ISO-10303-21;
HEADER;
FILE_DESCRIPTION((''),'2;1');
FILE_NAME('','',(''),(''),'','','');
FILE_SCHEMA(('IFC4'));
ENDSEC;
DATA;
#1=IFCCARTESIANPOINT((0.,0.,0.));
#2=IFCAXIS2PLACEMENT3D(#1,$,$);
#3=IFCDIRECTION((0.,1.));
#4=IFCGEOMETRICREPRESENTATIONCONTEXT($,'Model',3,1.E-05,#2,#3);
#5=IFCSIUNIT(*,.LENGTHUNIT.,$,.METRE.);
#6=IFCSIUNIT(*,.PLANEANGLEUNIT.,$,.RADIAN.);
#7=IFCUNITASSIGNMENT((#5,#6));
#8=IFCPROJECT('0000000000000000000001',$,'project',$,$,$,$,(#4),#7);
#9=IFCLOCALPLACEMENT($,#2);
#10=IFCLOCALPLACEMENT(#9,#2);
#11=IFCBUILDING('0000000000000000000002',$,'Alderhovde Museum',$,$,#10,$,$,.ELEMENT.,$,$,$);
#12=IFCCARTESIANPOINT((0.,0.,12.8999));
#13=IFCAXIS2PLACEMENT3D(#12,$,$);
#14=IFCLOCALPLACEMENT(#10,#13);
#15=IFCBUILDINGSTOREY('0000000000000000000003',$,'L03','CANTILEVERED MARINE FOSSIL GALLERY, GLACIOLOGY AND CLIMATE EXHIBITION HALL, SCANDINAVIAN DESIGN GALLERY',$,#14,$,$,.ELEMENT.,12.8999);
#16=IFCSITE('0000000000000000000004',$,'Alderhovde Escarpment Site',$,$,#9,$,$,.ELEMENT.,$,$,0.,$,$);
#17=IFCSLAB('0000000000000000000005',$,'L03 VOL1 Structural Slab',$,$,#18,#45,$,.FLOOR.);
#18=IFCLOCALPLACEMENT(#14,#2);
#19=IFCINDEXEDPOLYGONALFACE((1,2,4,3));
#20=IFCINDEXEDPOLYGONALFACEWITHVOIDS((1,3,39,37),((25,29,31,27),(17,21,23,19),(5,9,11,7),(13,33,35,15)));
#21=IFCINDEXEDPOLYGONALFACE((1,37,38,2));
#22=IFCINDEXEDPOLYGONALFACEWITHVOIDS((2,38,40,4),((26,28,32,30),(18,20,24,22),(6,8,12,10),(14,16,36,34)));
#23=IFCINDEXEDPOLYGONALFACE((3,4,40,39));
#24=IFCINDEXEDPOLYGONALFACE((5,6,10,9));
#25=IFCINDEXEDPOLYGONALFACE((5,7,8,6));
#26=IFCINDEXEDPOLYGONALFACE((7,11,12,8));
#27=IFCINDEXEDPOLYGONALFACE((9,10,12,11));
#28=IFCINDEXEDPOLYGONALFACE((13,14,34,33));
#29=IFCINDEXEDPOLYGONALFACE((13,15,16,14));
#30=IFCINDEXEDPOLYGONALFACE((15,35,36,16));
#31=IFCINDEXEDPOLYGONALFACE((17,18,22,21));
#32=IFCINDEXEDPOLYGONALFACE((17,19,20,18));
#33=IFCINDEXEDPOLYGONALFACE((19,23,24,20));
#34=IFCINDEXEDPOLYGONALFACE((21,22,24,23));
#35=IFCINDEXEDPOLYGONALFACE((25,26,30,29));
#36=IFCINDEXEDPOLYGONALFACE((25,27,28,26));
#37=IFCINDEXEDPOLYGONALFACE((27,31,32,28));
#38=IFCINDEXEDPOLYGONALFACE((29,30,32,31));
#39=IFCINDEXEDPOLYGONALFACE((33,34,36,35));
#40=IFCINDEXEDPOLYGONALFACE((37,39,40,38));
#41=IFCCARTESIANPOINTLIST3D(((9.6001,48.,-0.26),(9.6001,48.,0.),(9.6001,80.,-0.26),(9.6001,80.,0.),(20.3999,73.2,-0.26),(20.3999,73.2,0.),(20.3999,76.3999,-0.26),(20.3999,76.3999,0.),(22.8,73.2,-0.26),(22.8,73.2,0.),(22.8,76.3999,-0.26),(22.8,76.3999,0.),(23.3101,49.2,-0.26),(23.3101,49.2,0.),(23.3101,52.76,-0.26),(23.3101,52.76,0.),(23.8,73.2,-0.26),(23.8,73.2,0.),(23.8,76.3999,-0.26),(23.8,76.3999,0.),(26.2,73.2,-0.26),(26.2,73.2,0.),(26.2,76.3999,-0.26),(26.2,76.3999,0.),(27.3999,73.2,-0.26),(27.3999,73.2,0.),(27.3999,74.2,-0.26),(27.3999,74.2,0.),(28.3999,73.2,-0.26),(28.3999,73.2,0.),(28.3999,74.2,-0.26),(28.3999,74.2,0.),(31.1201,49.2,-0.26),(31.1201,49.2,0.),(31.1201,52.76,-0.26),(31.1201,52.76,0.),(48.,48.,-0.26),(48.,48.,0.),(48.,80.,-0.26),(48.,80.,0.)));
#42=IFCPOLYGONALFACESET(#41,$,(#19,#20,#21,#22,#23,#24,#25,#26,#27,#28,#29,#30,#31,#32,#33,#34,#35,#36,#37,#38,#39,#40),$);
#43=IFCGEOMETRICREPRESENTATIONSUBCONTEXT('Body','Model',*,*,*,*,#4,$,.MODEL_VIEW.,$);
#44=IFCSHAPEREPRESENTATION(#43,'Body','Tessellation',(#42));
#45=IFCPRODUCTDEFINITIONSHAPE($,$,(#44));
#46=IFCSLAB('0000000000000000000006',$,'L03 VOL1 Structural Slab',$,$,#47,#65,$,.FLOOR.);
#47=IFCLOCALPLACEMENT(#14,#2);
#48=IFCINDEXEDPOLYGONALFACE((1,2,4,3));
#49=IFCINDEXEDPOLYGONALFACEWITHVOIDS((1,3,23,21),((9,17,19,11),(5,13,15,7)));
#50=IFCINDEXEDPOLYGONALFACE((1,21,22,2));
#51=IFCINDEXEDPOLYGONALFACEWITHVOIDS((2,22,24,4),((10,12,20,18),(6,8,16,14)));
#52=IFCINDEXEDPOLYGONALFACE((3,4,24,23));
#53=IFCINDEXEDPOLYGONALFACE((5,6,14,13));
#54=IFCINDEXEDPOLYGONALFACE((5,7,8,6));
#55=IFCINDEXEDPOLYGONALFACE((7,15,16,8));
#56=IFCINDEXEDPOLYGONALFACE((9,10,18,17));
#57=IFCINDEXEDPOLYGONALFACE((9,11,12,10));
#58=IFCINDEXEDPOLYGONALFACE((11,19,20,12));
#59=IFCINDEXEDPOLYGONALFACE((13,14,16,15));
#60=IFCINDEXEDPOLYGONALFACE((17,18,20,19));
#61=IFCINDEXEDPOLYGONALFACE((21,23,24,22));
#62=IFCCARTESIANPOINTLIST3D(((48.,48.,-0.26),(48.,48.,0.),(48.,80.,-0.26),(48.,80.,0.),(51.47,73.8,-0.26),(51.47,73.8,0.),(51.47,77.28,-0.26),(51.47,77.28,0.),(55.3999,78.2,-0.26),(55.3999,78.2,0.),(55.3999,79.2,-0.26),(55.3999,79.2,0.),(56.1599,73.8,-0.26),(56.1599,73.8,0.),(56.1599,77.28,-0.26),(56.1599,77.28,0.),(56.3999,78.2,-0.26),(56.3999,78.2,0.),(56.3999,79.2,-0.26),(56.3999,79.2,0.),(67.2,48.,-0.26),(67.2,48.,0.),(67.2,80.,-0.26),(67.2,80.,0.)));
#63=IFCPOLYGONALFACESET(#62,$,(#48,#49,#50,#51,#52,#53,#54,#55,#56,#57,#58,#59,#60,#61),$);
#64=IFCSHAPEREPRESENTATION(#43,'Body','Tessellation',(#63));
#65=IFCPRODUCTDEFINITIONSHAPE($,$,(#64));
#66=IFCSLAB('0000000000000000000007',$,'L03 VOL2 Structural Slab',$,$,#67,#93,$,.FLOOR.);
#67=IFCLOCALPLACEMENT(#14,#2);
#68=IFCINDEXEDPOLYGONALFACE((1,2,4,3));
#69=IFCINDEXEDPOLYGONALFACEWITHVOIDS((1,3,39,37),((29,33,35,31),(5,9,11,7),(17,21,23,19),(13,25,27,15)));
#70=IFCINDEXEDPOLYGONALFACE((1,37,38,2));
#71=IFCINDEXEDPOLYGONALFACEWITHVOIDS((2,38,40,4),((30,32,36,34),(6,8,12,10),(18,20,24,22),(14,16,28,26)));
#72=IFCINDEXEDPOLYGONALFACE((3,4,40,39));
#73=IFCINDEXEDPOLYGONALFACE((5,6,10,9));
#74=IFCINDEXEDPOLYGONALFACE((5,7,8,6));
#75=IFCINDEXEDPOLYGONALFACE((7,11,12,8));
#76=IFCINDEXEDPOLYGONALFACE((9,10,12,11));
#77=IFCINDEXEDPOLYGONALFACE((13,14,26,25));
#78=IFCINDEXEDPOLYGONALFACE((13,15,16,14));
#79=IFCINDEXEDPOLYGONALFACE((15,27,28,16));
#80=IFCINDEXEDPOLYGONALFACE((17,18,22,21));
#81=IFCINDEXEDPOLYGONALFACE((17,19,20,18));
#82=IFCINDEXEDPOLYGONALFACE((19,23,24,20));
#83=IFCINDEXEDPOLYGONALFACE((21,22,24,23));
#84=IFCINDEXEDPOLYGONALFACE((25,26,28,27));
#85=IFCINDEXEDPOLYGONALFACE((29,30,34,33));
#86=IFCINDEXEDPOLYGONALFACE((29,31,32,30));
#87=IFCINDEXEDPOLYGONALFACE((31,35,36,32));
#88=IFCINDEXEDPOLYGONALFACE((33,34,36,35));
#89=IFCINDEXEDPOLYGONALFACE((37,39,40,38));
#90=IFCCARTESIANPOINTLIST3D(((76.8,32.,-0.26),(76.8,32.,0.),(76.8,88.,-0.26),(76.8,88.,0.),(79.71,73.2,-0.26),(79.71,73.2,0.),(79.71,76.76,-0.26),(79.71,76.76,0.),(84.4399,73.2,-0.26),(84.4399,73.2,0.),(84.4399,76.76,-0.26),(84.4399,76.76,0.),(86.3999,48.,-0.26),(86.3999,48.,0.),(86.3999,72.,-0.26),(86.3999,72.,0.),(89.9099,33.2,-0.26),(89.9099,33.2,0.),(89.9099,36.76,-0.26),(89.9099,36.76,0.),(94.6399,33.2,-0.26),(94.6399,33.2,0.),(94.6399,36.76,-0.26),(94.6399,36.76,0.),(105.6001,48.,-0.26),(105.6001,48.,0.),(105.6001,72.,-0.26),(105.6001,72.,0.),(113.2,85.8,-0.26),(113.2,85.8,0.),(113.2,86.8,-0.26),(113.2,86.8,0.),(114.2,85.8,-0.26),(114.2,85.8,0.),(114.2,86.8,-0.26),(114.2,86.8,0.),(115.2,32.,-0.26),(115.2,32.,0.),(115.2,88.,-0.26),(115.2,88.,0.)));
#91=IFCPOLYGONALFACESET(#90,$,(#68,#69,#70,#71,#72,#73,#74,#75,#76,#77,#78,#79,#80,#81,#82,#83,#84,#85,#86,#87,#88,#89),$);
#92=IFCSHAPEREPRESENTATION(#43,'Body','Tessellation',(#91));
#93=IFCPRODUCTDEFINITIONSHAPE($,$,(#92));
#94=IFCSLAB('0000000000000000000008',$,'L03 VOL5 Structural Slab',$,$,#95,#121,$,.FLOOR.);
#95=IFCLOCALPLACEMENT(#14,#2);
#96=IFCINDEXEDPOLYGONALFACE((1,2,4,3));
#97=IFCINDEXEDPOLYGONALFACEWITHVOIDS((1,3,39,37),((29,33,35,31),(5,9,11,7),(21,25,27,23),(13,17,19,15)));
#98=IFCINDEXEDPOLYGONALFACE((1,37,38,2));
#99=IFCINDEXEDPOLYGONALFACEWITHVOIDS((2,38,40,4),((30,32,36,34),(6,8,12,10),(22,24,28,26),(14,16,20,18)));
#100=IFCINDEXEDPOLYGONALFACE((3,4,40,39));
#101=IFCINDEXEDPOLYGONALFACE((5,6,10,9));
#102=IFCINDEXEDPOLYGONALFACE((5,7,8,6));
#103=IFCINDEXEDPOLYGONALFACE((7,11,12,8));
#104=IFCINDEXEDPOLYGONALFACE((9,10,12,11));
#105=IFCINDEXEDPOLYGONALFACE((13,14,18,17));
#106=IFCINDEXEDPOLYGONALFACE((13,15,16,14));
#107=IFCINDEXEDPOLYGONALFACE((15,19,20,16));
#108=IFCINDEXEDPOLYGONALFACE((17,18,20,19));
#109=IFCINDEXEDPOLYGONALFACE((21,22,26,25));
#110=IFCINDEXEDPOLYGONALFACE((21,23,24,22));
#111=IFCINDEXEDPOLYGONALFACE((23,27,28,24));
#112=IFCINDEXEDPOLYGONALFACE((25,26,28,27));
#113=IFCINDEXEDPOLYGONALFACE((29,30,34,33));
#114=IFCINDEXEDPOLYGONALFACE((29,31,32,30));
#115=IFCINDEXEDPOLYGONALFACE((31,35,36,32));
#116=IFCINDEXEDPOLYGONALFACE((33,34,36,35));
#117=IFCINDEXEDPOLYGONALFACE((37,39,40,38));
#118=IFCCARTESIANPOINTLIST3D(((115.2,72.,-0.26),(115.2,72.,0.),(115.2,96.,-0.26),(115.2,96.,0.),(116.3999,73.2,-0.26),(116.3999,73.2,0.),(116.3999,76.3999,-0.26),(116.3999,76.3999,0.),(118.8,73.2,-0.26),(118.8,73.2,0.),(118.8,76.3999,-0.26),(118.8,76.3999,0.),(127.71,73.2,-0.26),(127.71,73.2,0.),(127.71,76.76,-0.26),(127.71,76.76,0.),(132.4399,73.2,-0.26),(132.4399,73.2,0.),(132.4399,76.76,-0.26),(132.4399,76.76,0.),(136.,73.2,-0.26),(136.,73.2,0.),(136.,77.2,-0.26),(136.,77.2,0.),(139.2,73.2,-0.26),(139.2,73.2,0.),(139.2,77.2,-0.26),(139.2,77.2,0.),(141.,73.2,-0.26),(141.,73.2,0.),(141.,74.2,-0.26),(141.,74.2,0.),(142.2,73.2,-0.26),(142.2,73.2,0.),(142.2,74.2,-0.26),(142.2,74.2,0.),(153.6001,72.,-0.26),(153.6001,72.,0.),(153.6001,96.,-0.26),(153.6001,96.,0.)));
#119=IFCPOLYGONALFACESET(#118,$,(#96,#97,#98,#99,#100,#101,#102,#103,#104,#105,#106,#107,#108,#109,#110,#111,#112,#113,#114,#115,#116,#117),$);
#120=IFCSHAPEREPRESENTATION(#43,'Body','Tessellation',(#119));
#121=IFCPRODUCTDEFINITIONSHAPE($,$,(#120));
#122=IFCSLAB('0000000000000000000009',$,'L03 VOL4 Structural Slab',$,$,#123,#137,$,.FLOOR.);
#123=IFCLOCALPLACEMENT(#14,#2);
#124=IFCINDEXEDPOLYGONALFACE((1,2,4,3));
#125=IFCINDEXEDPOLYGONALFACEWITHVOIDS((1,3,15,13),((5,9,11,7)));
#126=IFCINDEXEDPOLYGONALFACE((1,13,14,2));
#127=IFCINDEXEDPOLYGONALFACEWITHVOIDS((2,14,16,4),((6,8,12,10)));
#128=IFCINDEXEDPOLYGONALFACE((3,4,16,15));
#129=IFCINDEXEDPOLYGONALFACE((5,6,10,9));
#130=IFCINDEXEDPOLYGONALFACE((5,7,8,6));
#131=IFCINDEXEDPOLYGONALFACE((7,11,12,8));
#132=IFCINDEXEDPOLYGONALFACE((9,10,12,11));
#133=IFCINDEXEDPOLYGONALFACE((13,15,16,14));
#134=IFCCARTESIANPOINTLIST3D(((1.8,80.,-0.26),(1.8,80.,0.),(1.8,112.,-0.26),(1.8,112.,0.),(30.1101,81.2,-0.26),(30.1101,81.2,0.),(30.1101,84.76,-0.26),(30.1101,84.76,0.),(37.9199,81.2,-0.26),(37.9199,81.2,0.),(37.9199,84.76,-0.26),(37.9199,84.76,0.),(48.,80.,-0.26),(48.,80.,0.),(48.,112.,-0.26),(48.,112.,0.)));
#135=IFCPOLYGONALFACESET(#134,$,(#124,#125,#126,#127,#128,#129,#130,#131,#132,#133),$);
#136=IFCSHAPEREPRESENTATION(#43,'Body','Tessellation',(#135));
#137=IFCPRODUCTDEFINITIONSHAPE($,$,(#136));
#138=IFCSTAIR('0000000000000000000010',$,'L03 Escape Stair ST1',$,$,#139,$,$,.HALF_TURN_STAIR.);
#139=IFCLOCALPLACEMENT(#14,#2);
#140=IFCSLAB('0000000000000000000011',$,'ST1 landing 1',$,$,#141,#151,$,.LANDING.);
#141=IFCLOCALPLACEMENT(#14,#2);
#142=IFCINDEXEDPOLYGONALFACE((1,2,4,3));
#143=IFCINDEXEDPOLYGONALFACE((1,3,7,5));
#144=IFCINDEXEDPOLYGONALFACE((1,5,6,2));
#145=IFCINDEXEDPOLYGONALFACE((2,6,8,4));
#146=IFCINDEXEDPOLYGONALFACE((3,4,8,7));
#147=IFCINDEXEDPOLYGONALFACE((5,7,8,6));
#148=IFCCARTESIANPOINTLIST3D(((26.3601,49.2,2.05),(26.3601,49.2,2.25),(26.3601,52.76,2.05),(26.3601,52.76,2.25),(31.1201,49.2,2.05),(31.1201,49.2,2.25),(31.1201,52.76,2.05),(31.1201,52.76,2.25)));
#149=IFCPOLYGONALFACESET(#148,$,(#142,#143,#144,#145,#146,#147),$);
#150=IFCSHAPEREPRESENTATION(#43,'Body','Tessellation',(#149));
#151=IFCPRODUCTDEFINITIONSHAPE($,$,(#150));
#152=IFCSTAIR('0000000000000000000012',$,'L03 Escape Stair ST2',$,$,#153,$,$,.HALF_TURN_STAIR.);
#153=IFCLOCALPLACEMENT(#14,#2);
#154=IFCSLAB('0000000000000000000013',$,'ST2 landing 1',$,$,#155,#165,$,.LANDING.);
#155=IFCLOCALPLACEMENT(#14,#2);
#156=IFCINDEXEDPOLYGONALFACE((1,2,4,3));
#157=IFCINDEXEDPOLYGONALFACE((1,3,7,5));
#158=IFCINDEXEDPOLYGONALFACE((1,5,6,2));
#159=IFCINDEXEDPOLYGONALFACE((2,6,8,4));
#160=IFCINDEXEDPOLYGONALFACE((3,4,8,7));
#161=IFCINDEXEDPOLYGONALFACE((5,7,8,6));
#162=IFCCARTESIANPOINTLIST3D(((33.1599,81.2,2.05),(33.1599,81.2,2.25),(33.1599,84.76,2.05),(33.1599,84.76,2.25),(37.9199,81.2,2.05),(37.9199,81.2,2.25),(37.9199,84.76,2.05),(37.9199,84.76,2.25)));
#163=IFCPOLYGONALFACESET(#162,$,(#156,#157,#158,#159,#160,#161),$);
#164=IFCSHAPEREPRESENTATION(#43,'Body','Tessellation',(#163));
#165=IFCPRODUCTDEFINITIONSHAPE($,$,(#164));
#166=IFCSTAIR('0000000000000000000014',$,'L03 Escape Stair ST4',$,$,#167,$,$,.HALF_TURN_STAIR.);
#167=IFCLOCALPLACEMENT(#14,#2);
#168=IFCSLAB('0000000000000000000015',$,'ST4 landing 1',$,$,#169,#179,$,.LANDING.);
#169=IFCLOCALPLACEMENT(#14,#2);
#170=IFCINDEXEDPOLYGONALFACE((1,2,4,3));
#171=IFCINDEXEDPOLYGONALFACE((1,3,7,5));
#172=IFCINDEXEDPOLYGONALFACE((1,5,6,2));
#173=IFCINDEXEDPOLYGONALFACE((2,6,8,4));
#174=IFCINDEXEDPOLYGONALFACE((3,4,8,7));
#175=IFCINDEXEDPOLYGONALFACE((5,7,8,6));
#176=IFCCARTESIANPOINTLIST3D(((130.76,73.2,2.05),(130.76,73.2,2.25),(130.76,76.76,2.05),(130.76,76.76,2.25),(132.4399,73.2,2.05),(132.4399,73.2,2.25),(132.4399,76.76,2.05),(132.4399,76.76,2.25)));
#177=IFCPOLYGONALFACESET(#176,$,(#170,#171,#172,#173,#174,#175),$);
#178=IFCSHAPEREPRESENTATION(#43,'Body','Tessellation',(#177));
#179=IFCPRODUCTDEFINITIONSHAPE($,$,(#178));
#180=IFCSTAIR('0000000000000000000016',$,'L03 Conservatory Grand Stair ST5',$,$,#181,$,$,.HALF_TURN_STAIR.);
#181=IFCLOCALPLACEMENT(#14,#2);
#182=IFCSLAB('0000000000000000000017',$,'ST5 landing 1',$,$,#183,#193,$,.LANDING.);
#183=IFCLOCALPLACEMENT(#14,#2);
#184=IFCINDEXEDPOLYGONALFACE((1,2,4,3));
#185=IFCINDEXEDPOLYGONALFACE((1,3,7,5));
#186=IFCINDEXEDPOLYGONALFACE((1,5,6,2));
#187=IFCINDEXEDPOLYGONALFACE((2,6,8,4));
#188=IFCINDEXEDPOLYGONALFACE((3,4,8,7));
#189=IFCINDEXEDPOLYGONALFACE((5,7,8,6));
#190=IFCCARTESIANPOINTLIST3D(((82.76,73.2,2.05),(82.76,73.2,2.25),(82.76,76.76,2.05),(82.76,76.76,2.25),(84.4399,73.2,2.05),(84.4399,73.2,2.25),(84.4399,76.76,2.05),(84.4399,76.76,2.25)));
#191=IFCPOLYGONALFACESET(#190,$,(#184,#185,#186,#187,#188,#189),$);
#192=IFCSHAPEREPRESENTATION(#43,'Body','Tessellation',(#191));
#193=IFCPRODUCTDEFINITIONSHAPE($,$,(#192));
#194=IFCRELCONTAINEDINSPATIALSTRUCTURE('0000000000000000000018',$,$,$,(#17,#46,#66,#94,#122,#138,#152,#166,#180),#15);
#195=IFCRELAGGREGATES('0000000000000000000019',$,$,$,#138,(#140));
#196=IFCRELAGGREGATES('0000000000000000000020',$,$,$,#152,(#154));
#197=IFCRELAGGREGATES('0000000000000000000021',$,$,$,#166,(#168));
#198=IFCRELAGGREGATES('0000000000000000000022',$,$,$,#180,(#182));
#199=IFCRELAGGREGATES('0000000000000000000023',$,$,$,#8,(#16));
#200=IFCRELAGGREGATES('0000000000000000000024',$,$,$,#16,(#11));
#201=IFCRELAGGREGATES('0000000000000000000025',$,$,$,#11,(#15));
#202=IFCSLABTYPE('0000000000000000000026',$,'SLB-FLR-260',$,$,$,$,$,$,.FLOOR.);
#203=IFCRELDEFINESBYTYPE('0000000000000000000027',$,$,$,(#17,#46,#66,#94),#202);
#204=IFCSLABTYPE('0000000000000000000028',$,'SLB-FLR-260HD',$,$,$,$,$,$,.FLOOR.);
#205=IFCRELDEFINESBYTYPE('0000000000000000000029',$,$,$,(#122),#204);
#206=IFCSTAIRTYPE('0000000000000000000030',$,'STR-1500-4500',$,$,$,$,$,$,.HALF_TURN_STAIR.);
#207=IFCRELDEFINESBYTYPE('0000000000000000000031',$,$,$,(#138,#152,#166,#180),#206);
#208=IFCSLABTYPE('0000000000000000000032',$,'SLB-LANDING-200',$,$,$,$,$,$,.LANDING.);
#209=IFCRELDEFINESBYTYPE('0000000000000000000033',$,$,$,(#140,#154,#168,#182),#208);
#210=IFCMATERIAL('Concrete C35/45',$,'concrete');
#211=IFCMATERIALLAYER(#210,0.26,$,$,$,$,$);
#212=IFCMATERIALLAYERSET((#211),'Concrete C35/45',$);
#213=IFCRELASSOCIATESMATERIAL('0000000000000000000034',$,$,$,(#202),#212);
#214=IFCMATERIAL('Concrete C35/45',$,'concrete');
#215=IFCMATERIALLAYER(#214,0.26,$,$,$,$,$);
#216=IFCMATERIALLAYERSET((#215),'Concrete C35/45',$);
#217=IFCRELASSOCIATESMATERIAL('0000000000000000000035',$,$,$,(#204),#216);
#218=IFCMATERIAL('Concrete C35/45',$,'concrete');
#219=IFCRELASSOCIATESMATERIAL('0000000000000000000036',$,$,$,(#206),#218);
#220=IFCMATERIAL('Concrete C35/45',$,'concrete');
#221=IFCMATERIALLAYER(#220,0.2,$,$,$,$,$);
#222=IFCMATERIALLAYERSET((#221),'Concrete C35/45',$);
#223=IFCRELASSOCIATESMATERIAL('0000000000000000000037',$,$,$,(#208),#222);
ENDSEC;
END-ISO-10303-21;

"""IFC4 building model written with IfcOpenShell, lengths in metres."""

from ifc_helpers import new_model, si_unit, direction, frame, origin, place, context, subcontext, project, spatial, polyline, outline, extrude, material, layer, layer_set, type_object, element, aggregate, save


model = new_model("IFC4")

# Units and contexts
model_context = context("Model", 3, precision=1e-05, world=origin(), true_north=direction((0.0, 1.0)))
body_context = subcontext(model_context, "Body", "Model", "MODEL_VIEW")
ifc_project = project(units=[si_unit("LENGTHUNIT", "METRE"), si_unit("PLANEANGLEUNIT", "RADIAN")], contexts=[model_context])

# Site, building, storey
site_placement = place(None, origin())
site = spatial("IfcSite", under=ifc_project, at=site_placement, Name="Alderhovde Escarpment Site", CompositionType="ELEMENT", RefElevation=0.0)
building_placement = place(site_placement, origin())
building = spatial("IfcBuilding", under=site, at=building_placement, Name="Alderhovde Museum", CompositionType="ELEMENT")
storey_placement = place(building_placement, frame((0.0, 0.0, 12.8999)))
storey = spatial("IfcBuildingStorey", under=building, at=storey_placement, Name="L03", Description="CANTILEVERED MARINE FOSSIL GALLERY, GLACIOLOGY AND CLIMATE EXHIBITION HALL, SCANDINAVIAN DESIGN GALLERY", CompositionType="ELEMENT", Elevation=12.8999)

# Slabs
ifc_material_1 = material(Name="Concrete C35/45", Category="concrete")
ifc_layer_1 = layer(ifc_material_1, 0.26)
ifc_layer_set_1 = layer_set([ifc_layer_1], Name="Concrete C35/45")
slab_type_1 = type_object("IfcSlabType", Name="SLB-FLR-260", PredefinedType="FLOOR", material=ifc_layer_set_1)
slab_1_placement = place(storey_placement, frame((0.0, 0.0, -0.26)))
element("IfcSlab", 1, at=slab_1_placement, inside=storey, type_object=slab_type_1, Name="L03 VOL1 Structural Slab", PredefinedType="FLOOR", context=body_context, shape_type="SweptSolid", body=[
    extrude(outline(polyline([(9.6001, 48.0), (48.0, 48.0), (48.0, 80.0), (9.6001, 80.0), (9.6001, 48.0)]), holes=[polyline([(23.3101, 49.2), (31.1201, 49.2), (31.1201, 52.76), (23.3101, 52.76), (23.3101, 49.2)]), polyline([(20.3999, 73.2), (22.8, 73.2), (22.8, 76.3999), (20.3999, 76.3999), (20.3999, 73.2)]), polyline([(23.8, 73.2), (26.2, 73.2), (26.2, 76.3999), (23.8, 76.3999), (23.8, 73.2)]), polyline([(27.3999, 73.2), (28.3999, 73.2), (28.3999, 74.2), (27.3999, 74.2), (27.3999, 73.2)])]), origin(), (0.0, 0.0, 1.0), 0.26),
])
slab_2_placement = place(storey_placement, frame((0.0, 0.0, -0.26)))
element("IfcSlab", 2, at=slab_2_placement, inside=storey, type_object=slab_type_1, Name="L03 VOL1 Structural Slab", PredefinedType="FLOOR", context=body_context, shape_type="SweptSolid", body=[
    extrude(outline(polyline([(48.0, 48.0), (67.2, 48.0), (67.2, 80.0), (48.0, 80.0), (48.0, 48.0)]), holes=[polyline([(51.47, 73.8), (56.1599, 73.8), (56.1599, 77.28), (51.47, 77.28), (51.47, 73.8)]), polyline([(55.3999, 78.2), (56.3999, 78.2), (56.3999, 79.2), (55.3999, 79.2), (55.3999, 78.2)])]), origin(), (0.0, 0.0, 1.0), 0.26),
])
slab_3_placement = place(storey_placement, frame((0.0, 0.0, -0.26)))
element("IfcSlab", 3, at=slab_3_placement, inside=storey, type_object=slab_type_1, Name="L03 VOL2 Structural Slab", PredefinedType="FLOOR", context=body_context, shape_type="SweptSolid", body=[
    extrude(outline(polyline([(76.8, 32.0), (115.2, 32.0), (115.2, 88.0), (76.8, 88.0), (76.8, 32.0)]), holes=[polyline([(89.9099, 33.2), (94.6399, 33.2), (94.6399, 36.76), (89.9099, 36.76), (89.9099, 33.2)]), polyline([(79.71, 73.2), (84.4399, 73.2), (84.4399, 76.76), (79.71, 76.76), (79.71, 73.2)]), polyline([(86.3999, 48.0), (105.6001, 48.0), (105.6001, 72.0), (86.3999, 72.0), (86.3999, 48.0)]), polyline([(113.2, 85.8), (114.2, 85.8), (114.2, 86.8), (113.2, 86.8), (113.2, 85.8)])]), origin(), (0.0, 0.0, 1.0), 0.26),
])
slab_4_placement = place(storey_placement, frame((0.0, 0.0, -0.26)))
element("IfcSlab", 4, at=slab_4_placement, inside=storey, type_object=slab_type_1, Name="L03 VOL5 Structural Slab", PredefinedType="FLOOR", context=body_context, shape_type="SweptSolid", body=[
    extrude(outline(polyline([(115.2, 72.0), (153.6001, 72.0), (153.6001, 96.0), (115.2, 96.0), (115.2, 72.0)]), holes=[polyline([(127.71, 73.2), (132.4399, 73.2), (132.4399, 76.76), (127.71, 76.76), (127.71, 73.2)]), polyline([(116.3999, 73.2), (118.8, 73.2), (118.8, 76.3999), (116.3999, 76.3999), (116.3999, 73.2)]), polyline([(136.0, 73.2), (139.2, 73.2), (139.2, 77.2), (136.0, 77.2), (136.0, 73.2)]), polyline([(141.0, 73.2), (142.2, 73.2), (142.2, 74.2), (141.0, 74.2), (141.0, 73.2)])]), origin(), (0.0, 0.0, 1.0), 0.26),
])
ifc_material_2 = material(Name="Concrete C35/45", Category="concrete")
ifc_layer_2 = layer(ifc_material_2, 0.26)
ifc_layer_set_2 = layer_set([ifc_layer_2], Name="Concrete C35/45")
slab_type_2 = type_object("IfcSlabType", Name="SLB-FLR-260HD", PredefinedType="FLOOR", material=ifc_layer_set_2)
slab_5_placement = place(storey_placement, frame((0.0, 0.0, -0.26)))
element("IfcSlab", 5, at=slab_5_placement, inside=storey, type_object=slab_type_2, Name="L03 VOL4 Structural Slab", PredefinedType="FLOOR", context=body_context, shape_type="SweptSolid", body=[
    extrude(outline(polyline([(1.8, 80.0), (48.0, 80.0), (48.0, 112.0), (1.8, 112.0), (1.8, 80.0)]), holes=[polyline([(30.1101, 81.2), (37.9199, 81.2), (37.9199, 84.76), (30.1101, 84.76), (30.1101, 81.2)])]), origin(), (0.0, 0.0, 1.0), 0.26),
])

# Stairs, slabs
ifc_material_3 = material(Name="Concrete C35/45", Category="concrete")
stair_type = type_object("IfcStairType", Name="STR-1500-4500", PredefinedType="HALF_TURN_STAIR", material=ifc_material_3)
stair_1_placement = place(storey_placement, origin())
stair_1 = element("IfcStair", 6, at=stair_1_placement, inside=storey, type_object=stair_type, Name="L03 Escape Stair ST1", PredefinedType="HALF_TURN_STAIR")
ifc_material_4 = material(Name="Concrete C35/45", Category="concrete")
ifc_layer_3 = layer(ifc_material_4, 0.2)
ifc_layer_set_3 = layer_set([ifc_layer_3], Name="Concrete C35/45")
slab_type_3 = type_object("IfcSlabType", Name="SLB-LANDING-200", PredefinedType="LANDING", material=ifc_layer_set_3)
slab_6_placement = place(storey_placement, frame((0.0, 0.0, 2.05)))
slab_6 = element("IfcSlab", 7, at=slab_6_placement, type_object=slab_type_3, Name="ST1 landing 1", PredefinedType="LANDING", context=body_context, shape_type="SweptSolid", body=[
    extrude(outline(polyline([(26.3601, 49.2), (31.1201, 49.2), (31.1201, 52.76), (26.3601, 52.76), (26.3601, 49.2)])), origin(), (0.0, 0.0, 1.0), 0.2),
])
aggregate(stair_1, [slab_6])
stair_2_placement = place(storey_placement, origin())
stair_2 = element("IfcStair", 8, at=stair_2_placement, inside=storey, type_object=stair_type, Name="L03 Escape Stair ST2", PredefinedType="HALF_TURN_STAIR")
slab_7_placement = place(storey_placement, frame((0.0, 0.0, 2.05)))
slab_7 = element("IfcSlab", 9, at=slab_7_placement, type_object=slab_type_3, Name="ST2 landing 1", PredefinedType="LANDING", context=body_context, shape_type="SweptSolid", body=[
    extrude(outline(polyline([(33.1599, 81.2), (37.9199, 81.2), (37.9199, 84.76), (33.1599, 84.76), (33.1599, 81.2)])), origin(), (0.0, 0.0, 1.0), 0.2),
])
aggregate(stair_2, [slab_7])
stair_3_placement = place(storey_placement, origin())
stair_3 = element("IfcStair", 10, at=stair_3_placement, inside=storey, type_object=stair_type, Name="L03 Escape Stair ST4", PredefinedType="HALF_TURN_STAIR")
slab_8_placement = place(storey_placement, frame((0.0, 0.0, 2.05)))
slab_8 = element("IfcSlab", 11, at=slab_8_placement, type_object=slab_type_3, Name="ST4 landing 1", PredefinedType="LANDING", context=body_context, shape_type="SweptSolid", body=[
    extrude(outline(polyline([(130.76, 73.2), (132.4399, 73.2), (132.4399, 76.76), (130.76, 76.76), (130.76, 73.2)])), origin(), (0.0, 0.0, 1.0), 0.2),
])
aggregate(stair_3, [slab_8])
stair_4_placement = place(storey_placement, origin())
stair_4 = element("IfcStair", 12, at=stair_4_placement, inside=storey, type_object=stair_type, Name="L03 Conservatory Grand Stair ST5", PredefinedType="HALF_TURN_STAIR")
slab_9_placement = place(storey_placement, frame((0.0, 0.0, 2.05)))
slab_9 = element("IfcSlab", 13, at=slab_9_placement, type_object=slab_type_3, Name="ST5 landing 1", PredefinedType="LANDING", context=body_context, shape_type="SweptSolid", body=[
    extrude(outline(polyline([(82.76, 73.2), (84.4399, 73.2), (84.4399, 76.76), (82.76, 76.76), (82.76, 73.2)])), origin(), (0.0, 0.0, 1.0), 0.2),
])
aggregate(stair_4, [slab_9])

save(model, "model.ifc")
